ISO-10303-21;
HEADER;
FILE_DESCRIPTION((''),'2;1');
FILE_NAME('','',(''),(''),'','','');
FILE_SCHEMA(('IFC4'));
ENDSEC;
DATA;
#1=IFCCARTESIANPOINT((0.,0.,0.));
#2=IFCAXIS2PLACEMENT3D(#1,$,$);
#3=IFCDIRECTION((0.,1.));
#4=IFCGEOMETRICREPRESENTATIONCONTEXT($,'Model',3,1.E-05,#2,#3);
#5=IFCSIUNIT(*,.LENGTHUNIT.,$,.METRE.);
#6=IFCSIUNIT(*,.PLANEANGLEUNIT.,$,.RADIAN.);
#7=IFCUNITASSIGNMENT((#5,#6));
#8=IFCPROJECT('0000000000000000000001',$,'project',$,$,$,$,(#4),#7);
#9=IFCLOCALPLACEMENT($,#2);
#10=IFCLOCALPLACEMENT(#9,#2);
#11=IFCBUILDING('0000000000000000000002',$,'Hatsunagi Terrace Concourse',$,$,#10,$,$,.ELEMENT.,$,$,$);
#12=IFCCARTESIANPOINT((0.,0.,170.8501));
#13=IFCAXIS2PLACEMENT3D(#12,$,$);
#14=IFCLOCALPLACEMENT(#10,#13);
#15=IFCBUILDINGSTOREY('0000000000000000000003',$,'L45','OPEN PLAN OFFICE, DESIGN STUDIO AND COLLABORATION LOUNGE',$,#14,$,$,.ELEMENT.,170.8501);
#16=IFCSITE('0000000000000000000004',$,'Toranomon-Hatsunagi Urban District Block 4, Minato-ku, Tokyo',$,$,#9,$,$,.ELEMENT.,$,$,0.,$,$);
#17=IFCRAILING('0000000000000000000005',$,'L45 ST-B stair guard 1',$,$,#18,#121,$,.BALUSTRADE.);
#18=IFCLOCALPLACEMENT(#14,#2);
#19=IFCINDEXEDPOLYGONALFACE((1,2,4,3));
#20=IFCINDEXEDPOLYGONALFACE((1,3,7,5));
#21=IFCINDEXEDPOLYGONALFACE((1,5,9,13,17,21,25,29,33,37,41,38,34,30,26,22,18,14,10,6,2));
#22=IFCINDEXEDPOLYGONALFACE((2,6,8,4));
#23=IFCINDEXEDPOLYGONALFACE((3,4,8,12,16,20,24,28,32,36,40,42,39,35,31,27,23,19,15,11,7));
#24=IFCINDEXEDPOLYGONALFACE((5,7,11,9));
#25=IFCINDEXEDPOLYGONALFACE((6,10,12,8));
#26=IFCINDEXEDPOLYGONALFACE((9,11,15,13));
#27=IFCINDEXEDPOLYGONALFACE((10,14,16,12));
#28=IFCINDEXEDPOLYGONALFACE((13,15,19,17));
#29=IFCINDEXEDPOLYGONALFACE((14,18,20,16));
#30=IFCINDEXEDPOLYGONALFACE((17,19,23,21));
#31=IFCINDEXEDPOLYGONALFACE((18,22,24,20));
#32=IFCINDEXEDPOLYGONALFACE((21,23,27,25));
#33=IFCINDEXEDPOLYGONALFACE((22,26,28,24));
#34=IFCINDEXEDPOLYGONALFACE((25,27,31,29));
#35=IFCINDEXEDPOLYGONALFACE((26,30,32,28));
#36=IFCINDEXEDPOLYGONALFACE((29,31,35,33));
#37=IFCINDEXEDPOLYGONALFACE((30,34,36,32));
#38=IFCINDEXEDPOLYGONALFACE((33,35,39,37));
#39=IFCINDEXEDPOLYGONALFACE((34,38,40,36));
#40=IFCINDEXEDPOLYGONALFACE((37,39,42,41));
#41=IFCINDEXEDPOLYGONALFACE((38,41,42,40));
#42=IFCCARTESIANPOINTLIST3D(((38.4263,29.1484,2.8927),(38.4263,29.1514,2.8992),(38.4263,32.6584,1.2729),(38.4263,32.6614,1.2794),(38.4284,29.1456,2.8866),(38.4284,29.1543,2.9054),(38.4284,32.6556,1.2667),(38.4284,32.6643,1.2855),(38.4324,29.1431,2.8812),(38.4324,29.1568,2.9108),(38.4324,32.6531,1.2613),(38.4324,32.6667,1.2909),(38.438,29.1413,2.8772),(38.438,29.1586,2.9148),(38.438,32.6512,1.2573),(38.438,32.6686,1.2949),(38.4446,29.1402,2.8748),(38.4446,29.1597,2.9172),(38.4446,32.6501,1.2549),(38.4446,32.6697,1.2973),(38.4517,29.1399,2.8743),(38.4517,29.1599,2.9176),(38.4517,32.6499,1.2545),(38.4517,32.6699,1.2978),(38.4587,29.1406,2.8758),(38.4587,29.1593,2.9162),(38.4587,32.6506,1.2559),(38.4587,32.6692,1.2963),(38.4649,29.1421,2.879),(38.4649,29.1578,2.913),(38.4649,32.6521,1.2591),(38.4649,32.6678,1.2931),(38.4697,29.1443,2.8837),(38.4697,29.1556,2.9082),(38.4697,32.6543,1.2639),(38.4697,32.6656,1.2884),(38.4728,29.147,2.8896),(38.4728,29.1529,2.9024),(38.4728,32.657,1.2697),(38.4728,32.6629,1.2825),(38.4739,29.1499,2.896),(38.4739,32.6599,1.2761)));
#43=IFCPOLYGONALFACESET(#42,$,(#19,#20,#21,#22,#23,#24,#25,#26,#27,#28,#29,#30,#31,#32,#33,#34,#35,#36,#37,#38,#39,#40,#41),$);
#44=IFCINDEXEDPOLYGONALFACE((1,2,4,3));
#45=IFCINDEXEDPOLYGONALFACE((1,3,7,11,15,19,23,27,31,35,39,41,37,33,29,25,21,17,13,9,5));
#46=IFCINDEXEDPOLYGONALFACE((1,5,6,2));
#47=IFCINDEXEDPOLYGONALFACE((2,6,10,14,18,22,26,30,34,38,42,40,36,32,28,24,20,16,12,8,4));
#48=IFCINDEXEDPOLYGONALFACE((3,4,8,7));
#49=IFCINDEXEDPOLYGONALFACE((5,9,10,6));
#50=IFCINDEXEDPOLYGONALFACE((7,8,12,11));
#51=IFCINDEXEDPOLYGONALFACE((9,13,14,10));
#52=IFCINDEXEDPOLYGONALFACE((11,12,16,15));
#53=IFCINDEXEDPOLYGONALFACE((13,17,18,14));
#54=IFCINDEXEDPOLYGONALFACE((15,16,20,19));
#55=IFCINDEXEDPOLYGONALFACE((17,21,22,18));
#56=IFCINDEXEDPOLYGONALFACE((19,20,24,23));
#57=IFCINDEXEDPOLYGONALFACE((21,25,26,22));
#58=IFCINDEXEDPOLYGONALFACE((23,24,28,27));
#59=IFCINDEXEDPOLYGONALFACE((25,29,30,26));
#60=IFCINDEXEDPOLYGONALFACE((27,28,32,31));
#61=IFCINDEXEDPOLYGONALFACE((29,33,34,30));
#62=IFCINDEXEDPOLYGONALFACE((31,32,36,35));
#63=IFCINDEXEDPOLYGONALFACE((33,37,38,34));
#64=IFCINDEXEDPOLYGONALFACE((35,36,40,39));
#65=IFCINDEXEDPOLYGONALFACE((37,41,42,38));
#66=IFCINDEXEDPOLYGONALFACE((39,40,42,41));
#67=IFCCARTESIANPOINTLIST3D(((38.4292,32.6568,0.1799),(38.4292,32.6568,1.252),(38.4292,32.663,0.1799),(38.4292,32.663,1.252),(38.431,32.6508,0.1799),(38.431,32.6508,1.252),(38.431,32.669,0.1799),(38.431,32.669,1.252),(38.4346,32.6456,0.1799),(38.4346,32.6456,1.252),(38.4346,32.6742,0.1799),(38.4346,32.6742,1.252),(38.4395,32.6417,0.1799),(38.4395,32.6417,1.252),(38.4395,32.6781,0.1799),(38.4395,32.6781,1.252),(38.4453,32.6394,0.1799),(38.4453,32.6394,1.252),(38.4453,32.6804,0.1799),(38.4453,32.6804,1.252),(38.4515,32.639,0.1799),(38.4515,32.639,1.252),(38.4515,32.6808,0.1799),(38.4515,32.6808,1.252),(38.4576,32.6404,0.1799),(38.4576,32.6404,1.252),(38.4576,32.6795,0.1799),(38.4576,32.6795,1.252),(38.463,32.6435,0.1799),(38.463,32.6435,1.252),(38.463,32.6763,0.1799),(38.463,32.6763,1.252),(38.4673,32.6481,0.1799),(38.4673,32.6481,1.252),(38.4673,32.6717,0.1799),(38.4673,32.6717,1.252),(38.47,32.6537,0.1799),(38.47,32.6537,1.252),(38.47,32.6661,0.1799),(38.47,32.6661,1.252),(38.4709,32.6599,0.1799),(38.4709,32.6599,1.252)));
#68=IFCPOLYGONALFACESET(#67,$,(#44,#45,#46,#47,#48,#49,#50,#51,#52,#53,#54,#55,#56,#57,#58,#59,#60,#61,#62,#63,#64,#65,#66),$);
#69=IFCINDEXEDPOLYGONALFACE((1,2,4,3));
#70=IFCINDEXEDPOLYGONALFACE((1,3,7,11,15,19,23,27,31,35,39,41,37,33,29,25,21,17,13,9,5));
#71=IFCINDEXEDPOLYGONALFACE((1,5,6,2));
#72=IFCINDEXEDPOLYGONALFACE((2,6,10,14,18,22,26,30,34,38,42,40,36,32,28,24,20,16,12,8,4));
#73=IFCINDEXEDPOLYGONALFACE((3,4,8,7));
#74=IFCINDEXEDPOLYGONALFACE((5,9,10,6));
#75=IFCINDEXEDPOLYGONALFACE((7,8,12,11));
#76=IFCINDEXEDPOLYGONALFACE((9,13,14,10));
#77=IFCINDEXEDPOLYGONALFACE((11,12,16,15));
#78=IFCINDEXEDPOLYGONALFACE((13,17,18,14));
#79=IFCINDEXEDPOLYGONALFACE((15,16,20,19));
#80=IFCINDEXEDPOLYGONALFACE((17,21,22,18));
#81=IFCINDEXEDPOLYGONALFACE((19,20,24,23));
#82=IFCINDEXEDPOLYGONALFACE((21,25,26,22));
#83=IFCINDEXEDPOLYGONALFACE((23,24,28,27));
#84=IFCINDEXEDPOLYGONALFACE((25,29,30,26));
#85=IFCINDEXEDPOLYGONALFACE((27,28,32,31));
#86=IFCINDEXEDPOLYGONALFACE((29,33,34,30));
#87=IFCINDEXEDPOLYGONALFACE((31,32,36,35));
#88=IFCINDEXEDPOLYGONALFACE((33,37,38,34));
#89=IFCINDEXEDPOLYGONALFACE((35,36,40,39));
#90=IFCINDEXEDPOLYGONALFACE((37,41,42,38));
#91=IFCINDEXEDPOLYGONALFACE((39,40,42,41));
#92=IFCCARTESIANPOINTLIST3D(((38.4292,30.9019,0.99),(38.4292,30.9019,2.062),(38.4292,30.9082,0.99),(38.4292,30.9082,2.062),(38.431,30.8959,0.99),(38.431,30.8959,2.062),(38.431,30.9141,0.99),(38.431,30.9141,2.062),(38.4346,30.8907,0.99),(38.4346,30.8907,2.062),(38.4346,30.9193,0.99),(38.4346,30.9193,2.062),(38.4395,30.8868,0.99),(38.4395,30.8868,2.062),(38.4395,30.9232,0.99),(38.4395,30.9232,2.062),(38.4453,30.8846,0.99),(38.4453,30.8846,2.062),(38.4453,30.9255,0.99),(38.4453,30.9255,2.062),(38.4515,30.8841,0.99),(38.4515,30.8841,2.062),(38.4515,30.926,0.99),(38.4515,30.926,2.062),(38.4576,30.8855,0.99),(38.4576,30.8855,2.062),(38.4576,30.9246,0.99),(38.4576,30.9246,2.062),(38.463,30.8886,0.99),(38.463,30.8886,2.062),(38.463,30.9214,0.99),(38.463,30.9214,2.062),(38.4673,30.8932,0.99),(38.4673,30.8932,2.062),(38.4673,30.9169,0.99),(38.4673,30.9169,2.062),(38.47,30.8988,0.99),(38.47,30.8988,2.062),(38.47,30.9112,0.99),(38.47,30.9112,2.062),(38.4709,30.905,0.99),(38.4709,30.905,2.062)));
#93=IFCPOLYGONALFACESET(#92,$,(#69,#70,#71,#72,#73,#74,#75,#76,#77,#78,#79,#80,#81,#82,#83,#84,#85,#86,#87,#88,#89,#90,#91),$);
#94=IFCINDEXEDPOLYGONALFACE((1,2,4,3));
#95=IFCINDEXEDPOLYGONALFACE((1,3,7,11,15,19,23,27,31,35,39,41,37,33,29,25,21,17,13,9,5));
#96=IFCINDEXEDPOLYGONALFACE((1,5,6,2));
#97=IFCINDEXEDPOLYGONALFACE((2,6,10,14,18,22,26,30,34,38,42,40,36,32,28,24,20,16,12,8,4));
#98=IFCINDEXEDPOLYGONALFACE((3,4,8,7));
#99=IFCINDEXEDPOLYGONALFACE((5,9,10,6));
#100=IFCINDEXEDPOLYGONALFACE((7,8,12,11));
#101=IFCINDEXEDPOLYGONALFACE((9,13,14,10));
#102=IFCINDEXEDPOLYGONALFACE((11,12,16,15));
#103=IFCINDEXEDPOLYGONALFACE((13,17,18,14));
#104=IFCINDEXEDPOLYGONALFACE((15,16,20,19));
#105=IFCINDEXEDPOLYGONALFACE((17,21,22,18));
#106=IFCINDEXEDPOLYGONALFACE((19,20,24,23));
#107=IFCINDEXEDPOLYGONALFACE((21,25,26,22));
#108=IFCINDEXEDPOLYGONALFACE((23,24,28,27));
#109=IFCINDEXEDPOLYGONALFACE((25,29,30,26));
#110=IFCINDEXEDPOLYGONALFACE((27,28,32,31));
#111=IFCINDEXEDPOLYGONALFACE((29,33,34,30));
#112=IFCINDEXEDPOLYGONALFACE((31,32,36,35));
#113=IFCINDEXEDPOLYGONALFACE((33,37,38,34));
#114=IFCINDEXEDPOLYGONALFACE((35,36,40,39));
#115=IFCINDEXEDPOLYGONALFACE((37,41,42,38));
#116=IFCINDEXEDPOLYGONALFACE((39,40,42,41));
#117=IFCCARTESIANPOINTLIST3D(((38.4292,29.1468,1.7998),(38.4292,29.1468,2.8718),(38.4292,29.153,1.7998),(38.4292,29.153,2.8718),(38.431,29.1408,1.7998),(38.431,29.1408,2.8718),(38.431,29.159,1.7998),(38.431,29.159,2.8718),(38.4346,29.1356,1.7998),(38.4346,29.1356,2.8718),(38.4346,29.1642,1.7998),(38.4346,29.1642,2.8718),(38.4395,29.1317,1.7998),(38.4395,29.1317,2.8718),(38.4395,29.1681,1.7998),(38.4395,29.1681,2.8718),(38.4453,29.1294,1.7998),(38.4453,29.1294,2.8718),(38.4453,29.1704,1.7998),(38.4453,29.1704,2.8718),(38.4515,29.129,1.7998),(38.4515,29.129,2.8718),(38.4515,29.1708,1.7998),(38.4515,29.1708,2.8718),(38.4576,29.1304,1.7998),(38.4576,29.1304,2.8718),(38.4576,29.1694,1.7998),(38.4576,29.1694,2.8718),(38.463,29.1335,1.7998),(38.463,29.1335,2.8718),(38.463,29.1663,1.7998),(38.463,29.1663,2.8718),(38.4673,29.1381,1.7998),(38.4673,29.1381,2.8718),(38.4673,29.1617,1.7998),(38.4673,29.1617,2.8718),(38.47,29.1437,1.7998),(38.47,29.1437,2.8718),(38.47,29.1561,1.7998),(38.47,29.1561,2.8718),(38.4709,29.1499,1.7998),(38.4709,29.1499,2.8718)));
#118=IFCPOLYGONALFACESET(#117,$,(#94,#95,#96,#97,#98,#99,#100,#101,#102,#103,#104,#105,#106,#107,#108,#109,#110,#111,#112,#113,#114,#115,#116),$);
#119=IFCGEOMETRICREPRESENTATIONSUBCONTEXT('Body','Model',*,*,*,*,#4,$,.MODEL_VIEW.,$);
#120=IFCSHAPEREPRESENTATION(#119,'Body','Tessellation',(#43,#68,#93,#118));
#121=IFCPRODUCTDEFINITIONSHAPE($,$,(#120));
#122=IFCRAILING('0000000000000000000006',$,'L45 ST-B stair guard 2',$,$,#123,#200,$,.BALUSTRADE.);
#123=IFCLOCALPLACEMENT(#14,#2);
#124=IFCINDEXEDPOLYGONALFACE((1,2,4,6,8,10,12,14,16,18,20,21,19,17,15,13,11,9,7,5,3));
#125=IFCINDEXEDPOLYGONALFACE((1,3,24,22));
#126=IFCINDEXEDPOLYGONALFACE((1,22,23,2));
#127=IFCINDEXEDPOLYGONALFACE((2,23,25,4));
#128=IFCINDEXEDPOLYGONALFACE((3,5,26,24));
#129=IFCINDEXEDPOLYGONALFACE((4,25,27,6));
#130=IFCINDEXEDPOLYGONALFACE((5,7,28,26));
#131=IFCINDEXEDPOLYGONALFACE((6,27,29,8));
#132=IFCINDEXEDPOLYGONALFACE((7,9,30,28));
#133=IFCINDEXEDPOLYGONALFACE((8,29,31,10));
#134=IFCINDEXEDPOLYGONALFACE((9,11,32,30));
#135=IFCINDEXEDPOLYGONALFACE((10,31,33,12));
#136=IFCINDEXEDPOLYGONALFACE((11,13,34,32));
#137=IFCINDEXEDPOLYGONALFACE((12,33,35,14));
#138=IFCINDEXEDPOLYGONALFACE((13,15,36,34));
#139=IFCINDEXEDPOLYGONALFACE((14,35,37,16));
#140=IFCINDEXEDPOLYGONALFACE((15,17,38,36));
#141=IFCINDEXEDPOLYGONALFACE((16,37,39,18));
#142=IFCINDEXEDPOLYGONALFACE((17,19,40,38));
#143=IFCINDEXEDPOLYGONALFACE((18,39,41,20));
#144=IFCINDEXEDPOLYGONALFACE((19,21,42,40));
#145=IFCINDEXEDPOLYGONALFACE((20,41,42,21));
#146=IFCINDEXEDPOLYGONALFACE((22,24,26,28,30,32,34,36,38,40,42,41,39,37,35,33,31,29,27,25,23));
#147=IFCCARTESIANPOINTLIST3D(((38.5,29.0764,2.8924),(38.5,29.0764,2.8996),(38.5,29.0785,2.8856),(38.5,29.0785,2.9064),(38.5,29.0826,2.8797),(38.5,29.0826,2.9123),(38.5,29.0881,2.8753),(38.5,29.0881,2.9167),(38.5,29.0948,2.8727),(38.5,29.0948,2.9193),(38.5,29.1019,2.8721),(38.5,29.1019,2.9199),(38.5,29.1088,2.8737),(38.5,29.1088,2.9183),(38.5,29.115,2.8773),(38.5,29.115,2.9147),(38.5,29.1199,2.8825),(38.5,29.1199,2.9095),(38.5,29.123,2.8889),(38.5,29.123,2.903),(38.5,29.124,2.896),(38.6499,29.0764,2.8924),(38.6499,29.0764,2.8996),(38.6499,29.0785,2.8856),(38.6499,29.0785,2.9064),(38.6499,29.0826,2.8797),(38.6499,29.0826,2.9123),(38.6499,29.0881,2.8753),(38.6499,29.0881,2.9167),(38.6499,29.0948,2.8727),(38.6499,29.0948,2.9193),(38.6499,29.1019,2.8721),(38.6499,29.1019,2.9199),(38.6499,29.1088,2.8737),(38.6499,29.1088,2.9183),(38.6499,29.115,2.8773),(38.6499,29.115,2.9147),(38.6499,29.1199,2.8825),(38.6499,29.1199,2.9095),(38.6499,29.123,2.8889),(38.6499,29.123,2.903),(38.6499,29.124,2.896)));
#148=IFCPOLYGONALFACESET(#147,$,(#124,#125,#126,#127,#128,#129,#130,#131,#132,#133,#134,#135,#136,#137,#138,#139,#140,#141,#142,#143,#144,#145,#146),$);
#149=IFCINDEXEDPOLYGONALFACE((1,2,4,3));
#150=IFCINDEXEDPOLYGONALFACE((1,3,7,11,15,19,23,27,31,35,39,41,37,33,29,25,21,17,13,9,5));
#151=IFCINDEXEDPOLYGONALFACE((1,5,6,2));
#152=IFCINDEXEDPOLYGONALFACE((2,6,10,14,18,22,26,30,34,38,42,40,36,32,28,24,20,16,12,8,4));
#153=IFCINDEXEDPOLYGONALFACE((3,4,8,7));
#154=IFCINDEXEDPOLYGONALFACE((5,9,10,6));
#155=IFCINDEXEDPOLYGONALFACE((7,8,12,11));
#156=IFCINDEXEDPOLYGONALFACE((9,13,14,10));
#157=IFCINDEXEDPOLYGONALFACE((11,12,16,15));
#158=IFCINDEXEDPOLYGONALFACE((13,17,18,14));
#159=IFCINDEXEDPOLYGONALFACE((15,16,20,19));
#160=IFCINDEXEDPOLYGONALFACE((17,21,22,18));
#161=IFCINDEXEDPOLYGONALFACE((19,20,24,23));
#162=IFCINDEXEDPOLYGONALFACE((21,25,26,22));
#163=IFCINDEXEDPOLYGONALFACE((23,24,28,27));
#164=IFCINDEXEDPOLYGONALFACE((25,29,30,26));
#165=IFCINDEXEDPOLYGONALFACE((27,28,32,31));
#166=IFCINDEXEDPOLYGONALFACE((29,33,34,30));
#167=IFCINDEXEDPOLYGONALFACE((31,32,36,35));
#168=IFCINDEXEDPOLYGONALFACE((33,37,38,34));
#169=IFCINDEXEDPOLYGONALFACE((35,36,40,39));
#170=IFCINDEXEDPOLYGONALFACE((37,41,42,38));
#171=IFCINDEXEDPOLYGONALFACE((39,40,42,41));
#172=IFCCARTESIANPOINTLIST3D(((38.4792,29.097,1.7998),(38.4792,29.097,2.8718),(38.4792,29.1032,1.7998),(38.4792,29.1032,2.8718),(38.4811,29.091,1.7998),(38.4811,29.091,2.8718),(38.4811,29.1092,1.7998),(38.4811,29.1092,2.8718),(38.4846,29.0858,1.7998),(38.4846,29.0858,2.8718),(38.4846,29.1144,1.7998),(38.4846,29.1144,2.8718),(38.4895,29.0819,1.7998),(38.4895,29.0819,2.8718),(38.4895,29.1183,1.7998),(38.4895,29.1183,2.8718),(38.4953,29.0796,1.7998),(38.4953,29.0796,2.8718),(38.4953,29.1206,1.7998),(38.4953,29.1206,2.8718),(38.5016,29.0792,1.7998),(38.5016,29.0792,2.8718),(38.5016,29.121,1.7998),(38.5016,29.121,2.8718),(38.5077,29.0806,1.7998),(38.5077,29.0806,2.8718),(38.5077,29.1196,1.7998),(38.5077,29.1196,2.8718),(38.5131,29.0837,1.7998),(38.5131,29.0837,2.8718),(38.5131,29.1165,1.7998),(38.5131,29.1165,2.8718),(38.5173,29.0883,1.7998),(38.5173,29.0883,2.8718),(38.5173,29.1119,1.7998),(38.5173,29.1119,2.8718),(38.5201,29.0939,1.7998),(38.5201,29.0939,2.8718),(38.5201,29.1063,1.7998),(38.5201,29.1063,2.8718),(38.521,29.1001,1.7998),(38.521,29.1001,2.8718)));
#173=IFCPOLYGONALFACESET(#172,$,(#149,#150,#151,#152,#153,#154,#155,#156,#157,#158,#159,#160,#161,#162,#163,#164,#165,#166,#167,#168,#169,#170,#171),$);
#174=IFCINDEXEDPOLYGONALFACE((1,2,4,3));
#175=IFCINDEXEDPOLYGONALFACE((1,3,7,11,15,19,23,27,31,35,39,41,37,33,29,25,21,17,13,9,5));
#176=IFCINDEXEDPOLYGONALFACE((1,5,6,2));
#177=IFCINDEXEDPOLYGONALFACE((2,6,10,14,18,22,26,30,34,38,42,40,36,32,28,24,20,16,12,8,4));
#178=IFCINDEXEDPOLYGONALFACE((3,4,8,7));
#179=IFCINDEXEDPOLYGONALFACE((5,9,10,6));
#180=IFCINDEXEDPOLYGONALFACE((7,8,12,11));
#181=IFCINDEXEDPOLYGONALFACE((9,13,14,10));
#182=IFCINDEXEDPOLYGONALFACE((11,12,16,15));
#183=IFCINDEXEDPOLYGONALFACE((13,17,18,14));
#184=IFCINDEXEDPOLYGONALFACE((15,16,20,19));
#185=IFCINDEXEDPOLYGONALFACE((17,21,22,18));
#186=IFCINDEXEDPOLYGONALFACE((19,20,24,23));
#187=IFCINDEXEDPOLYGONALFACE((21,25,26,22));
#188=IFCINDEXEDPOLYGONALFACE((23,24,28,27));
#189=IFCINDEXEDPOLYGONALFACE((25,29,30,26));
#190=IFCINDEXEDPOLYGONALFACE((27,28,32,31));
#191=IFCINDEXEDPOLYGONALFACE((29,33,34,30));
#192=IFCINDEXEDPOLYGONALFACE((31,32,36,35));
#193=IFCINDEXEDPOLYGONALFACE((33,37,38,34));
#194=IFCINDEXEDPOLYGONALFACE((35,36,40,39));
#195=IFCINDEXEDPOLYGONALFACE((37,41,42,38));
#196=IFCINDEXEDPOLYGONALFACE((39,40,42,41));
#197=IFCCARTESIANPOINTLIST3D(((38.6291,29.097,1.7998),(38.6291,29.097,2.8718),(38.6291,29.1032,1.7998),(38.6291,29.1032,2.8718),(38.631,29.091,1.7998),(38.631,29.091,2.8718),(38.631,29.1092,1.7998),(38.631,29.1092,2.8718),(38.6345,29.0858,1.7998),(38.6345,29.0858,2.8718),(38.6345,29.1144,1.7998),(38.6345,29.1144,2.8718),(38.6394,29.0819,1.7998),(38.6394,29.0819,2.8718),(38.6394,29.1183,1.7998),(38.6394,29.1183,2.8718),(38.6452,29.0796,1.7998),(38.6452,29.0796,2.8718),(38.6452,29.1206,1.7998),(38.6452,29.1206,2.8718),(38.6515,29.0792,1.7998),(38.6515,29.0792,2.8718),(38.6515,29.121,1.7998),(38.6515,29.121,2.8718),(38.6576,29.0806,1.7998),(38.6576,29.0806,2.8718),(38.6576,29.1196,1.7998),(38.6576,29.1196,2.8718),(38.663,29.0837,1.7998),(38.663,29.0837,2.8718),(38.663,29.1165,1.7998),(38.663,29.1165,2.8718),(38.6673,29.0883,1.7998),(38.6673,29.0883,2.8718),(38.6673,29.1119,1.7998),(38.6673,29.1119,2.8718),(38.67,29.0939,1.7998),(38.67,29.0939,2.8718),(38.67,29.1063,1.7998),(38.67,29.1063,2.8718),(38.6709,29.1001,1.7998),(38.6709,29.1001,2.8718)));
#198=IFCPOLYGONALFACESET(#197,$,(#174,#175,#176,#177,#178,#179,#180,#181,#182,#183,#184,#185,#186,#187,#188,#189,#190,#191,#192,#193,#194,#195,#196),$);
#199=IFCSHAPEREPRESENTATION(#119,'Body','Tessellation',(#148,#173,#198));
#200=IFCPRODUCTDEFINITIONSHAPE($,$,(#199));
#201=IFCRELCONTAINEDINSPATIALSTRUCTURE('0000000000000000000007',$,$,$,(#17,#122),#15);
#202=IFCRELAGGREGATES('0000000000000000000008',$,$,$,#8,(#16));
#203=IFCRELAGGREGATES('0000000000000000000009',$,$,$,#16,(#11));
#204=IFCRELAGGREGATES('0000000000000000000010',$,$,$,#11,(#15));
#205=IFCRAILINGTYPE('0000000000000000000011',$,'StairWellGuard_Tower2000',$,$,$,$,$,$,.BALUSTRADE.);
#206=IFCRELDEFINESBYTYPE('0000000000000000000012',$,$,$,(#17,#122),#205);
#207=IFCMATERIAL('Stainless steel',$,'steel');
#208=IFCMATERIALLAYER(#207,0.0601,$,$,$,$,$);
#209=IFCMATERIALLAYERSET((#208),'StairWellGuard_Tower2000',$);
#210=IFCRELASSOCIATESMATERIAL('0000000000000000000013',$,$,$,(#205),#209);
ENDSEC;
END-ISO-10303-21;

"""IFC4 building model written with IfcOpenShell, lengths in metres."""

from ifc_helpers import new_model, si_unit, direction, frame, origin, origin_2d, place, context, subcontext, project, spatial, circle, extrude, material, layer, layer_set, type_object, element, save


model = new_model("IFC4")

# Units and contexts
model_context = context("Model", 3, precision=1e-05, world=origin(), true_north=direction((0.0, 1.0)))
body_context = subcontext(model_context, "Body", "Model", "MODEL_VIEW")
ifc_project = project(units=[si_unit("LENGTHUNIT", "METRE"), si_unit("PLANEANGLEUNIT", "RADIAN")], contexts=[model_context])

# Site, building, storey
site_placement = place(None, origin())
site = spatial("IfcSite", under=ifc_project, at=site_placement, Name="Toranomon-Hatsunagi Urban District Block 4, Minato-ku, Tokyo", CompositionType="ELEMENT", RefElevation=0.0)
building_placement = place(site_placement, origin())
building = spatial("IfcBuilding", under=site, at=building_placement, Name="Hatsunagi Terrace Concourse", CompositionType="ELEMENT")
storey_placement = place(building_placement, frame((0.0, 0.0, 170.8501)))
storey = spatial("IfcBuildingStorey", under=building, at=storey_placement, Name="L45", Description="OPEN PLAN OFFICE, DESIGN STUDIO AND COLLABORATION LOUNGE", CompositionType="ELEMENT", Elevation=170.8501)

# Railings
ifc_material_1 = material(Name="Stainless steel", Category="steel")
ifc_layer_1 = layer(ifc_material_1, 0.0601)
ifc_layer_set_1 = layer_set([ifc_layer_1], Name="StairWellGuard_Tower2000")
railing_type_1 = type_object("IfcRailingType", Name="StairWellGuard_Tower2000", PredefinedType="BALUSTRADE", material=ifc_layer_set_1)
railing_1_placement = place(storey_placement, frame((38.45, 32.6599, 0.1799)))
element("IfcRailing", 1, at=railing_1_placement, inside=storey, type_object=railing_type_1, Name="L45 ST-B stair guard 1", PredefinedType="BALUSTRADE", context=body_context, shape_type="SweptSolid", body=[
    extrude(circle(Radius=0.0239, at=origin_2d()), frame((0.0, 0.0, 1.0962), z_axis=(0.0, -0.907972, 0.41903), x_axis=(1.0, 0.0, 0.0)), (0.0, 0.0, 1.0), 3.8657),
    extrude(circle(Radius=0.021, at=origin_2d()), origin(), (0.0, 0.0, 1.0), 1.072),
    extrude(circle(Radius=0.021, at=origin_2d()), frame((0.0, -1.7549, 0.8101)), (0.0, 0.0, 1.0), 1.072),
    extrude(circle(Radius=0.021, at=origin_2d()), frame((0.0, -3.51, 1.6199)), (0.0, 0.0, 1.0), 1.072),
])
for number, where, name in (
    (2, (38.5, 29.1001, 1.7998), "L45 ST-B stair guard 2"),
):
    element("IfcRailing", number, at=place(storey_placement, frame(where)), inside=storey, type_object=railing_type_1, Name=name, PredefinedType="BALUSTRADE", context=body_context, shape_type="SweptSolid", body=[
        extrude(circle(Radius=0.0239, at=origin_2d()), frame((0.0, 0.0, 1.0962), z_axis=(1.0, 0.0, 0.0), x_axis=(0.0, 1.0, 0.0)), (0.0, 0.0, 1.0), 0.1499),
        extrude(circle(Radius=0.021, at=origin_2d()), origin(), (0.0, 0.0, 1.0), 1.072),
        extrude(circle(Radius=0.021, at=origin_2d()), frame((0.1499, 0.0, 0.0)), (0.0, 0.0, 1.0), 1.072),
    ])

save(model, "model.ifc")
